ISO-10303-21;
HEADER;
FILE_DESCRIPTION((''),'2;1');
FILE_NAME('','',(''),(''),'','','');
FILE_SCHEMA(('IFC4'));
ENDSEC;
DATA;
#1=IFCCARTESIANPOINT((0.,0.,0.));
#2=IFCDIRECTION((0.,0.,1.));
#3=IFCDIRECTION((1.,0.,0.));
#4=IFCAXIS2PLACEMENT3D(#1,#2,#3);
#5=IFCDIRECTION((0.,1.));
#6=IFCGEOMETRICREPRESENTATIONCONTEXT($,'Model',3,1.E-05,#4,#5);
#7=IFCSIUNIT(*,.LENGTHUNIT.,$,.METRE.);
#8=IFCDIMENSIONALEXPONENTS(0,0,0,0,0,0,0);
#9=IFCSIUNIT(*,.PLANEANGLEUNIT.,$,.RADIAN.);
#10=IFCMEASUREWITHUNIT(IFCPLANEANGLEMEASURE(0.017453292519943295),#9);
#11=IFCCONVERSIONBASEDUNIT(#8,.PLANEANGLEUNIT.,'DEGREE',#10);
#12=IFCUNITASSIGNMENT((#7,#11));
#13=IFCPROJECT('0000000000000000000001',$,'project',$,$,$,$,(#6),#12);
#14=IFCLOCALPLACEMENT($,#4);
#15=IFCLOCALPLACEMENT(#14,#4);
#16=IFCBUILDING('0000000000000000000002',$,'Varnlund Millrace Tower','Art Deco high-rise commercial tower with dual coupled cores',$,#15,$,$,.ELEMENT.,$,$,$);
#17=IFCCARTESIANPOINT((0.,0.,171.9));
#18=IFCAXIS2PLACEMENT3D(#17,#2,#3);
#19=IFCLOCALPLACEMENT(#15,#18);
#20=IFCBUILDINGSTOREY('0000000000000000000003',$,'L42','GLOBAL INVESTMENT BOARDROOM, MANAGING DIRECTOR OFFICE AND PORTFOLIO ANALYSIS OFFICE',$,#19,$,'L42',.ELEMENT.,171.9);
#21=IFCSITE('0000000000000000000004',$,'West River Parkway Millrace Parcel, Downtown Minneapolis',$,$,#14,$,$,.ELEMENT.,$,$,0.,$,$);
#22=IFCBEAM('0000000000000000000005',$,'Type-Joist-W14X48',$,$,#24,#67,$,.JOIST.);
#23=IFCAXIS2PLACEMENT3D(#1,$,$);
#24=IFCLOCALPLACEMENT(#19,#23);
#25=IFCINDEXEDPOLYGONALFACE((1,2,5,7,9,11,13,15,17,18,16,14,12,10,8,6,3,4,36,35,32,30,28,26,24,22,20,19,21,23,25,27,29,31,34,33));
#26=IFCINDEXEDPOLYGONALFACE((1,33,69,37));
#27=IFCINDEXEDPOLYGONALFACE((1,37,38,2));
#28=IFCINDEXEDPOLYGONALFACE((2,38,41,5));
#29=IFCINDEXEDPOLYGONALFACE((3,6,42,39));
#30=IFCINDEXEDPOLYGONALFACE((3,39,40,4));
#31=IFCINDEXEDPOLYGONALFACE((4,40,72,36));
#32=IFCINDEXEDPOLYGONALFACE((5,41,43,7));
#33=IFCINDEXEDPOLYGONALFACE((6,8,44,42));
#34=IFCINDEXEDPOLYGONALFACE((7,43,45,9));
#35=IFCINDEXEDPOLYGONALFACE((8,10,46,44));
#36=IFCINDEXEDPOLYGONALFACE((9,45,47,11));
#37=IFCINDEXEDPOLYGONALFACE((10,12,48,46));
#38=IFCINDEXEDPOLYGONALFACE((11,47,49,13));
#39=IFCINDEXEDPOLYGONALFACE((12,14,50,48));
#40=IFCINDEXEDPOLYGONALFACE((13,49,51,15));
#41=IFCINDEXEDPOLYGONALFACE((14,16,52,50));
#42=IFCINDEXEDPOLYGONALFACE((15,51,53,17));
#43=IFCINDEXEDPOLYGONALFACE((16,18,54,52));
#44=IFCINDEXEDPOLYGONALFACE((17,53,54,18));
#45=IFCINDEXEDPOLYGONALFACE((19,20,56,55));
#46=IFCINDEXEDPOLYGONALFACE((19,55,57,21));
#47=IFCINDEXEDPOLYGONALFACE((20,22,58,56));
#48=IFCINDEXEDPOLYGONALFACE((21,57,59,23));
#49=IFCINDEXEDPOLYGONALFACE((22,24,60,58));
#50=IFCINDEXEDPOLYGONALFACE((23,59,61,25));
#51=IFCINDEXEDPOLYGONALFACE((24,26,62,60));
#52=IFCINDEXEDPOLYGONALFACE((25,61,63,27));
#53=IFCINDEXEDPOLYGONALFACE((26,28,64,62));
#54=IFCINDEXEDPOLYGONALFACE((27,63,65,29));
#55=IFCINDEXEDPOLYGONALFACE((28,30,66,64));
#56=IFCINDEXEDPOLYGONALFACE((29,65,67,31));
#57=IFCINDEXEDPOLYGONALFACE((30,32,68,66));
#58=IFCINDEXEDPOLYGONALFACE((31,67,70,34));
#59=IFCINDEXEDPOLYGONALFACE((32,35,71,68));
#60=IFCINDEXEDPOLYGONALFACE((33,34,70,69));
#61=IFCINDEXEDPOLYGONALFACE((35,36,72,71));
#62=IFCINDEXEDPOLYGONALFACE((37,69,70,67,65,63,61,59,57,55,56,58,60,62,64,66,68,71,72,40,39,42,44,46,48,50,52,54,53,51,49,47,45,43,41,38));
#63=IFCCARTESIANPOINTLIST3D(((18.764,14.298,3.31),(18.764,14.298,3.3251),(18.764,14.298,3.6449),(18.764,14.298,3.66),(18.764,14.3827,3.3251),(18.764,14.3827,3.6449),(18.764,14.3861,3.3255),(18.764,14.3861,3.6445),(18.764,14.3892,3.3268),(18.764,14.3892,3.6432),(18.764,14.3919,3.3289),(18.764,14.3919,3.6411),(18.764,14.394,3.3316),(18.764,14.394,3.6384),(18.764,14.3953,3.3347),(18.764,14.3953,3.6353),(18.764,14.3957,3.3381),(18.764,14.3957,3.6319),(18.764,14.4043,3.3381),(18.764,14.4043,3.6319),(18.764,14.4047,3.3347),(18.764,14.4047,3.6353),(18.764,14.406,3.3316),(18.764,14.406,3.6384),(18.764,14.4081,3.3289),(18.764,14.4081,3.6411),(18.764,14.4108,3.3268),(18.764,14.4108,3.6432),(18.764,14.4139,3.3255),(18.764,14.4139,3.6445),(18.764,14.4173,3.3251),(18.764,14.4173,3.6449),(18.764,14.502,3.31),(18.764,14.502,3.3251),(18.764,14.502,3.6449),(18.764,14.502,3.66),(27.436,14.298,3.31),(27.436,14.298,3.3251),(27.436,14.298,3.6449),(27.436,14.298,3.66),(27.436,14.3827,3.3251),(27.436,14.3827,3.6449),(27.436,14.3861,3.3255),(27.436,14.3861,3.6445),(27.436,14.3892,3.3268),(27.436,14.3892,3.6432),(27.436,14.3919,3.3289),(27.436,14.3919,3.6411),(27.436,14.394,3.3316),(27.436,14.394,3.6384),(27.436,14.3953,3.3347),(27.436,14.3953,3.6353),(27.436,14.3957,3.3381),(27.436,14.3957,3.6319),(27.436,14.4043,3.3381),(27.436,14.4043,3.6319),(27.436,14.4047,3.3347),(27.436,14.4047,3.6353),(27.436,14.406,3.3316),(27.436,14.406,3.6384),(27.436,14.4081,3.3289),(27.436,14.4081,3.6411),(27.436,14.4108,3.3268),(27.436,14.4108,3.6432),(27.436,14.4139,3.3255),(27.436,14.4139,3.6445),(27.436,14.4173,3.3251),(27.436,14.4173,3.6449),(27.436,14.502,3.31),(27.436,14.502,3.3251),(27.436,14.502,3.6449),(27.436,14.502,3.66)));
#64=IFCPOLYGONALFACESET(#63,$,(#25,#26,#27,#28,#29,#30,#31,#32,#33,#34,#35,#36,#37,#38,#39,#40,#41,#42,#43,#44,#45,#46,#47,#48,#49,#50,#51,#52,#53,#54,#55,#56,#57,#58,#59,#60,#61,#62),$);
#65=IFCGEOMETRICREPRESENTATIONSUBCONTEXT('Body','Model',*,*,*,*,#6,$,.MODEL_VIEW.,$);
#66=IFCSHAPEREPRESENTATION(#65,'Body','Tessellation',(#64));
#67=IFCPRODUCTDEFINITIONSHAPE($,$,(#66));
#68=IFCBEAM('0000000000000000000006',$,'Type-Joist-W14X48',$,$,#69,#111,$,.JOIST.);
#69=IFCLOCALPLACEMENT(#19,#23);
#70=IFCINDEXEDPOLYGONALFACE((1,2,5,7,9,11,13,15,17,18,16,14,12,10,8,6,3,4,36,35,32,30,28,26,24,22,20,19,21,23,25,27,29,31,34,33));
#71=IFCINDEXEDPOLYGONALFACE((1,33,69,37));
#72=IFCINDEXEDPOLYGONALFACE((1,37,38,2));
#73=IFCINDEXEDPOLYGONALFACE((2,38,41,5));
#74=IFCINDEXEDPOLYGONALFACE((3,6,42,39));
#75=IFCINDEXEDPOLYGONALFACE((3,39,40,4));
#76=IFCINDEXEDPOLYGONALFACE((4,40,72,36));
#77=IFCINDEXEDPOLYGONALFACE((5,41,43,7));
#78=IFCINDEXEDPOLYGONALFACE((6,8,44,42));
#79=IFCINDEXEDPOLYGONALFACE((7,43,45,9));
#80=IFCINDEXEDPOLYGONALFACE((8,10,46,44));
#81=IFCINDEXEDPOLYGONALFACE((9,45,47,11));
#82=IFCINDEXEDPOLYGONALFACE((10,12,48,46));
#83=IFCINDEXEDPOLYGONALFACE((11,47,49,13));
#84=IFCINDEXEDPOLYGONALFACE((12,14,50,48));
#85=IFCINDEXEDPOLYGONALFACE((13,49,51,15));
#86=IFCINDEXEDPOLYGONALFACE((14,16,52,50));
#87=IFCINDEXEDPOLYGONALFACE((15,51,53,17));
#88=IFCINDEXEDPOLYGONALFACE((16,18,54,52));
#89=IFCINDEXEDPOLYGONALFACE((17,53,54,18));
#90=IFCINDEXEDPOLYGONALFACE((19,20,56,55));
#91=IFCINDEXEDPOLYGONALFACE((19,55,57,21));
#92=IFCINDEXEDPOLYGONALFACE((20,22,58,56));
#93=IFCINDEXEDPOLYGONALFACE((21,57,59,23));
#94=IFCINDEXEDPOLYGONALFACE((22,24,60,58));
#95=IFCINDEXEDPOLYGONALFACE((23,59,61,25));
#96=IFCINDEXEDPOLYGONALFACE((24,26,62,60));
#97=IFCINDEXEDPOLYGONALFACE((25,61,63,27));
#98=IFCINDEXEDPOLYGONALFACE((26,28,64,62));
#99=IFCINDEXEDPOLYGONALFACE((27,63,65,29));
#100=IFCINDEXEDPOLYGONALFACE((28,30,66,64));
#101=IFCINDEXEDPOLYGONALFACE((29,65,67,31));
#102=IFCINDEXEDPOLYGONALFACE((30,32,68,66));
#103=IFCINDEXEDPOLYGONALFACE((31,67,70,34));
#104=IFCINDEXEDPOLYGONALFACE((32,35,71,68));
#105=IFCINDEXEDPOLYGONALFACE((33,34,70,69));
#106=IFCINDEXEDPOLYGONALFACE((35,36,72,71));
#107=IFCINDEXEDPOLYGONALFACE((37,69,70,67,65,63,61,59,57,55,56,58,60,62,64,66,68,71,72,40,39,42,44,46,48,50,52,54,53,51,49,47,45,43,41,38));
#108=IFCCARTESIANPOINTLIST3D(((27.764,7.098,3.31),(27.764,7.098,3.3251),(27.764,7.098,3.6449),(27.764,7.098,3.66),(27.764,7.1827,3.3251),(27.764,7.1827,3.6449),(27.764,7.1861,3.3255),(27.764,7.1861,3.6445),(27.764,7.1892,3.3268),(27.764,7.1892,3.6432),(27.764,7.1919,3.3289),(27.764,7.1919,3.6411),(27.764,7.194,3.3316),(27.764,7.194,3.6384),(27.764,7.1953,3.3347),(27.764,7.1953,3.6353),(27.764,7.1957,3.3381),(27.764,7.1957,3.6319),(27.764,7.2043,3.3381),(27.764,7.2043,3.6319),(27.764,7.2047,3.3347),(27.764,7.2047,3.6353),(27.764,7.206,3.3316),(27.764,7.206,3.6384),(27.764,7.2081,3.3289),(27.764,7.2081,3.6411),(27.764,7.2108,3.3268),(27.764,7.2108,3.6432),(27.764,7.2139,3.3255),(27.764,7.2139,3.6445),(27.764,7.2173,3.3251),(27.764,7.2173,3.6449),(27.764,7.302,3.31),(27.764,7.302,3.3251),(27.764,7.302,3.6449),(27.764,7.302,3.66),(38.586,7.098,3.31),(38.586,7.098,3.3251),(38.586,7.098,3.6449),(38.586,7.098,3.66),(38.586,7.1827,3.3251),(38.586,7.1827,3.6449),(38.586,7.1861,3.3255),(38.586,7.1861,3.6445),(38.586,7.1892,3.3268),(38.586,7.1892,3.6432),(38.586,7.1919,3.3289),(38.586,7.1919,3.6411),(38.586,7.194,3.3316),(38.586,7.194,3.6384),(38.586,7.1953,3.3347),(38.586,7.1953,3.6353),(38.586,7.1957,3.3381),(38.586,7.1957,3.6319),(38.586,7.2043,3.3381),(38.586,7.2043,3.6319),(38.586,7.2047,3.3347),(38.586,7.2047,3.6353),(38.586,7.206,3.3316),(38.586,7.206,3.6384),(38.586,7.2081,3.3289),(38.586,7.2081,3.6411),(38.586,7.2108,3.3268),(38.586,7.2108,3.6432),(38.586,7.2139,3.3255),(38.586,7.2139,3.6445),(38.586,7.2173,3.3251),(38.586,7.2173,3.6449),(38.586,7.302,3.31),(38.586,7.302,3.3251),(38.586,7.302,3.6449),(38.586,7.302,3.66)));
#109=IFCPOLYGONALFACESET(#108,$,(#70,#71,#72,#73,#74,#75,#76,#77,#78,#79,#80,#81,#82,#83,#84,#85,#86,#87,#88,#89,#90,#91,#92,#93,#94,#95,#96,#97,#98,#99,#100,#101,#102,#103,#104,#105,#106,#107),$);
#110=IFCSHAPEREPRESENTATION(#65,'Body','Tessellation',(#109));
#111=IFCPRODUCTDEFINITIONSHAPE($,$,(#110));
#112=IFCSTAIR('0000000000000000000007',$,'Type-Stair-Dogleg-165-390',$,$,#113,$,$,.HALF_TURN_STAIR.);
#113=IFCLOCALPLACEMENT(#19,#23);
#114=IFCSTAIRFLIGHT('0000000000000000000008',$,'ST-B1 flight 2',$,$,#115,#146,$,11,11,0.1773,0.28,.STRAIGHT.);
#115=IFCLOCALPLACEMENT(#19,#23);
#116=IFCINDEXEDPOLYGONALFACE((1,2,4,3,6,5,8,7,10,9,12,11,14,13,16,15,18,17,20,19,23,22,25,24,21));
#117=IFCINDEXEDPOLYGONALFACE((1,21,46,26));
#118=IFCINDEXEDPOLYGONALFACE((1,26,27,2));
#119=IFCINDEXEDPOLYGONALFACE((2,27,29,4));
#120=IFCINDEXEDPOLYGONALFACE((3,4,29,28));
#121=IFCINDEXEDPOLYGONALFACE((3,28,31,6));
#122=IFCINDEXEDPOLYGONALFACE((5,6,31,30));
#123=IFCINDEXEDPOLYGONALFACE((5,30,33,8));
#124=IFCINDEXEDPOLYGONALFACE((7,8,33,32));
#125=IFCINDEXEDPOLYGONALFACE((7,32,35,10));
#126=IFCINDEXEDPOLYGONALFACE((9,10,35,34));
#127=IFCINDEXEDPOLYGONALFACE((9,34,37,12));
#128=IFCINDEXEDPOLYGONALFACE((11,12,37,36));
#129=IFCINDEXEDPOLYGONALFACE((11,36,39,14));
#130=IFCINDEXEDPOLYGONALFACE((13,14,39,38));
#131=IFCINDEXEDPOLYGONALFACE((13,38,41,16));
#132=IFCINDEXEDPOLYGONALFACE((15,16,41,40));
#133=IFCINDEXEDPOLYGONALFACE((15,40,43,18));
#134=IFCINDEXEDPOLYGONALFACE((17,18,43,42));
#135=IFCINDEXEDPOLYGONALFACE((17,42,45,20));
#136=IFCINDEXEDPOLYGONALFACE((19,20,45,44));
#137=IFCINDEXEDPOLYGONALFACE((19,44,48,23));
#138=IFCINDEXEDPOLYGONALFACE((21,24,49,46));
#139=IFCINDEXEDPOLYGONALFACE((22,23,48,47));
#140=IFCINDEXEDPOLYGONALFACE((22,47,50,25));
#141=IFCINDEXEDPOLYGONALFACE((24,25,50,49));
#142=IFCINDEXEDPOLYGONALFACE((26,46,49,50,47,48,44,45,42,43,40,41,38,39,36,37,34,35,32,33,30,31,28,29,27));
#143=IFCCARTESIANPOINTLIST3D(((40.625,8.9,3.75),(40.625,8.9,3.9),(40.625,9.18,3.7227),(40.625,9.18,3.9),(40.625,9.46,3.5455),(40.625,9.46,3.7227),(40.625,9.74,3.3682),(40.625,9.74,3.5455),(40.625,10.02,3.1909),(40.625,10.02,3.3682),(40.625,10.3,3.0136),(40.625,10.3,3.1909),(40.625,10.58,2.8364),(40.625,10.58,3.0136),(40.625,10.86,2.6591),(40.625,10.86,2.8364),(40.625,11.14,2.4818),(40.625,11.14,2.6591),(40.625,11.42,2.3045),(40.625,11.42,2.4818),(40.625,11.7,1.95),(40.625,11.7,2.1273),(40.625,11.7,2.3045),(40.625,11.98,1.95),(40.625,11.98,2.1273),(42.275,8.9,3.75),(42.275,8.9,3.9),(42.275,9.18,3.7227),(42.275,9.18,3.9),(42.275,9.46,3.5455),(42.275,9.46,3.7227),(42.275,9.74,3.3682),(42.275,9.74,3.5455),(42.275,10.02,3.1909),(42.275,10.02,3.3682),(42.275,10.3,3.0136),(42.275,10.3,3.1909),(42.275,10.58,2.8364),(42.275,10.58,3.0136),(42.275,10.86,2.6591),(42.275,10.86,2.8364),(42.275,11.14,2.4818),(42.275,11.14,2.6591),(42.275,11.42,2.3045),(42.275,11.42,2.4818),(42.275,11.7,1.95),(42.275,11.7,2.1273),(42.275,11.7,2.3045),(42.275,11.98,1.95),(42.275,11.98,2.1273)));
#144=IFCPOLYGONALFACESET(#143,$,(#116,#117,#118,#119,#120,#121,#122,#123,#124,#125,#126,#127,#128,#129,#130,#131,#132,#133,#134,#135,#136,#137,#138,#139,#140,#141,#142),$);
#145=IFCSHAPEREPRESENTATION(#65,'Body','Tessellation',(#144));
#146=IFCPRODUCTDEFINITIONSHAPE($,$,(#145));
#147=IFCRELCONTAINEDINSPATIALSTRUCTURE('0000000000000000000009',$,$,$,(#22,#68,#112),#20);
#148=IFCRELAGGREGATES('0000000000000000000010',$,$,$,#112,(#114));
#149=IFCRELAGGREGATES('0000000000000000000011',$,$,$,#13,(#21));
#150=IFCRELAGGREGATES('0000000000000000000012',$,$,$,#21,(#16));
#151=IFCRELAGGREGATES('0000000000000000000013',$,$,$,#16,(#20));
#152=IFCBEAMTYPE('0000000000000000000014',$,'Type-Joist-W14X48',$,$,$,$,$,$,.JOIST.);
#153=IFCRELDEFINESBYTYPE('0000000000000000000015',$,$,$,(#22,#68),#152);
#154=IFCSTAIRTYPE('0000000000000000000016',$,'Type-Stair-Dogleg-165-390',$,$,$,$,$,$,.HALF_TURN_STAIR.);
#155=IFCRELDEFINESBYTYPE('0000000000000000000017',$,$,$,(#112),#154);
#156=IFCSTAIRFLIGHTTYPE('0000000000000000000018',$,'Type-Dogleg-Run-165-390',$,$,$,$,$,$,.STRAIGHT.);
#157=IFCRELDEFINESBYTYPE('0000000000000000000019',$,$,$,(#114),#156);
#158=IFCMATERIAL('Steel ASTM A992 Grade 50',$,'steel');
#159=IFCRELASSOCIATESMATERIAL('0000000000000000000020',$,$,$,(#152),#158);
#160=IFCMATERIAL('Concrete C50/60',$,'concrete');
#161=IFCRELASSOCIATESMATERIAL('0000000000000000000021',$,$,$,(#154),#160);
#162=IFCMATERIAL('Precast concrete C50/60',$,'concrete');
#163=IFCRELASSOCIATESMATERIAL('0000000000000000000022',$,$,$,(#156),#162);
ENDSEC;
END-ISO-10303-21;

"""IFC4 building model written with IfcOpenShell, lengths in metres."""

from ifc_helpers import new_model, entity, si_unit, converted_unit, direction, frame, origin_with_axes, origin_2d_with_axis, place, context, subcontext, project, spatial, polyline, i_section, outline, extrude, material, material_profile, profile_set, type_object, element, aggregate, save


model = new_model("IFC4")

# Units and contexts
model_context = context("Model", 3, precision=1e-05, world=origin_with_axes(), true_north=direction((0.0, 1.0)))
body_context = subcontext(model_context, "Body", "Model", "MODEL_VIEW")
ifc_project = project(units=[si_unit("LENGTHUNIT", "METRE"), converted_unit("PLANEANGLEUNIT", "DEGREE", entity("IfcPlaneAngleMeasure", 0.017453292519943295), si_unit("PLANEANGLEUNIT", "RADIAN"), dimensions=[0, 0, 0, 0, 0, 0, 0])], contexts=[model_context])

# Site, building, storey
site_placement = place(None, origin_with_axes())
site = spatial("IfcSite", under=ifc_project, at=site_placement, Name="West River Parkway Millrace Parcel, Downtown Minneapolis", CompositionType="ELEMENT", RefElevation=0.0)
building_placement = place(site_placement, origin_with_axes())
building = spatial("IfcBuilding", under=site, at=building_placement, Name="Varnlund Millrace Tower", Description="Art Deco high-rise commercial tower with dual coupled cores", CompositionType="ELEMENT")
storey_placement = place(building_placement, frame((0.0, 0.0, 171.9), z_axis=(0.0, 0.0, 1.0), x_axis=(1.0, 0.0, 0.0)))
storey = spatial("IfcBuildingStorey", under=building, at=storey_placement, Name="L42", Description="GLOBAL INVESTMENT BOARDROOM, MANAGING DIRECTOR OFFICE AND PORTFOLIO ANALYSIS OFFICE", LongName="L42", CompositionType="ELEMENT", Elevation=171.9)

# Beams
ifc_material_1 = material(Name="Steel ASTM A992 Grade 50", Category="steel")
ifc_material_profile_1 = material_profile(ifc_material_1, i_section(OverallWidth=0.204, OverallDepth=0.35, WebThickness=0.0086, FlangeThickness=0.0151, FilletRadius=0.013, at=origin_2d_with_axis()), Name="Steel ASTM A992 Grade 50")
ifc_profile_set_1 = profile_set([ifc_material_profile_1], Name="Steel ASTM A992 Grade 50")
beam_type_1 = type_object("IfcBeamType", Name="Type-Joist-W14X48", PredefinedType="JOIST", material=ifc_profile_set_1)
for number, where, z_axis, x_axis, name in (
    (1, (18.764, 14.4, 3.485), (1.0, 0.0, 0.0), (0.0, 1.0, 0.0), "Type-Joist-W14X48"),
):
    element("IfcBeam", number, at=place(storey_placement, frame(where, z_axis=z_axis, x_axis=x_axis)), inside=storey, type_object=beam_type_1, Name=name, PredefinedType="JOIST", context=body_context, shape_type="SweptSolid", body=[
        extrude(i_section(OverallWidth=0.204, OverallDepth=0.35, WebThickness=0.0086, FlangeThickness=0.0151, FilletRadius=0.013, at=origin_2d_with_axis()), origin_with_axes(), (0.0, 0.0, 1.0), 8.672),
    ])
beam_1_placement = place(storey_placement, frame((27.764, 7.2, 3.485), z_axis=(1.0, 0.0, 0.0), x_axis=(0.0, 1.0, 0.0)))
element("IfcBeam", 2, at=beam_1_placement, inside=storey, type_object=beam_type_1, Name="Type-Joist-W14X48", PredefinedType="JOIST", context=body_context, shape_type="SweptSolid", body=[
    extrude(i_section(OverallWidth=0.204, OverallDepth=0.35, WebThickness=0.0086, FlangeThickness=0.0151, FilletRadius=0.013, at=origin_2d_with_axis()), origin_with_axes(), (0.0, 0.0, 1.0), 10.822),
])

# Stair, stair flight
ifc_material_2 = material(Name="Concrete C50/60", Category="concrete")
stair_type = type_object("IfcStairType", Name="Type-Stair-Dogleg-165-390", PredefinedType="HALF_TURN_STAIR", material=ifc_material_2)
stair_placement = place(storey_placement, origin_with_axes())
stair = element("IfcStair", 3, at=stair_placement, inside=storey, type_object=stair_type, Name="Type-Stair-Dogleg-165-390", PredefinedType="HALF_TURN_STAIR")
ifc_material_3 = material(Name="Precast concrete C50/60", Category="concrete")
stair_flight_type = type_object("IfcStairFlightType", Name="Type-Dogleg-Run-165-390", PredefinedType="STRAIGHT", material=ifc_material_3)
stair_flight_placement = place(storey_placement, frame((42.275, 11.98, 1.95), z_axis=(-1.0, 0.0, 0.0), x_axis=(0.0, -1.0, 0.0)))
stair_flight = element("IfcStairFlight", 4, at=stair_flight_placement, type_object=stair_flight_type, Name="ST-B1 flight 2", NumberOfRisers=11, NumberOfTreads=11, PredefinedType="STRAIGHT", RiserHeight=0.1773, TreadLength=0.28, context=body_context, shape_type="SweptSolid", body=[
    extrude(outline(polyline([(0.0, 0.0), (0.0, 0.1773), (0.28, 0.1773), (0.28, 0.3545), (0.56, 0.3545), (0.56, 0.5318), (0.84, 0.5318), (0.84, 0.7091), (1.12, 0.7091), (1.12, 0.8864), (1.4, 0.8864), (1.4, 1.0636), (1.68, 1.0636), (1.68, 1.2409), (1.96, 1.2409), (1.96, 1.4182), (2.24, 1.4182), (2.24, 1.5955), (2.52, 1.5955), (2.52, 1.7727), (2.8, 1.7727), (2.8, 1.95), (3.08, 1.95), (3.08, 1.8), (0.28, 0.0), (0.0, 0.0)])), origin_with_axes(), (0.0, 0.0, 1.0), 1.65),
])
aggregate(stair, [stair_flight])

save(model, "model.ifc")
